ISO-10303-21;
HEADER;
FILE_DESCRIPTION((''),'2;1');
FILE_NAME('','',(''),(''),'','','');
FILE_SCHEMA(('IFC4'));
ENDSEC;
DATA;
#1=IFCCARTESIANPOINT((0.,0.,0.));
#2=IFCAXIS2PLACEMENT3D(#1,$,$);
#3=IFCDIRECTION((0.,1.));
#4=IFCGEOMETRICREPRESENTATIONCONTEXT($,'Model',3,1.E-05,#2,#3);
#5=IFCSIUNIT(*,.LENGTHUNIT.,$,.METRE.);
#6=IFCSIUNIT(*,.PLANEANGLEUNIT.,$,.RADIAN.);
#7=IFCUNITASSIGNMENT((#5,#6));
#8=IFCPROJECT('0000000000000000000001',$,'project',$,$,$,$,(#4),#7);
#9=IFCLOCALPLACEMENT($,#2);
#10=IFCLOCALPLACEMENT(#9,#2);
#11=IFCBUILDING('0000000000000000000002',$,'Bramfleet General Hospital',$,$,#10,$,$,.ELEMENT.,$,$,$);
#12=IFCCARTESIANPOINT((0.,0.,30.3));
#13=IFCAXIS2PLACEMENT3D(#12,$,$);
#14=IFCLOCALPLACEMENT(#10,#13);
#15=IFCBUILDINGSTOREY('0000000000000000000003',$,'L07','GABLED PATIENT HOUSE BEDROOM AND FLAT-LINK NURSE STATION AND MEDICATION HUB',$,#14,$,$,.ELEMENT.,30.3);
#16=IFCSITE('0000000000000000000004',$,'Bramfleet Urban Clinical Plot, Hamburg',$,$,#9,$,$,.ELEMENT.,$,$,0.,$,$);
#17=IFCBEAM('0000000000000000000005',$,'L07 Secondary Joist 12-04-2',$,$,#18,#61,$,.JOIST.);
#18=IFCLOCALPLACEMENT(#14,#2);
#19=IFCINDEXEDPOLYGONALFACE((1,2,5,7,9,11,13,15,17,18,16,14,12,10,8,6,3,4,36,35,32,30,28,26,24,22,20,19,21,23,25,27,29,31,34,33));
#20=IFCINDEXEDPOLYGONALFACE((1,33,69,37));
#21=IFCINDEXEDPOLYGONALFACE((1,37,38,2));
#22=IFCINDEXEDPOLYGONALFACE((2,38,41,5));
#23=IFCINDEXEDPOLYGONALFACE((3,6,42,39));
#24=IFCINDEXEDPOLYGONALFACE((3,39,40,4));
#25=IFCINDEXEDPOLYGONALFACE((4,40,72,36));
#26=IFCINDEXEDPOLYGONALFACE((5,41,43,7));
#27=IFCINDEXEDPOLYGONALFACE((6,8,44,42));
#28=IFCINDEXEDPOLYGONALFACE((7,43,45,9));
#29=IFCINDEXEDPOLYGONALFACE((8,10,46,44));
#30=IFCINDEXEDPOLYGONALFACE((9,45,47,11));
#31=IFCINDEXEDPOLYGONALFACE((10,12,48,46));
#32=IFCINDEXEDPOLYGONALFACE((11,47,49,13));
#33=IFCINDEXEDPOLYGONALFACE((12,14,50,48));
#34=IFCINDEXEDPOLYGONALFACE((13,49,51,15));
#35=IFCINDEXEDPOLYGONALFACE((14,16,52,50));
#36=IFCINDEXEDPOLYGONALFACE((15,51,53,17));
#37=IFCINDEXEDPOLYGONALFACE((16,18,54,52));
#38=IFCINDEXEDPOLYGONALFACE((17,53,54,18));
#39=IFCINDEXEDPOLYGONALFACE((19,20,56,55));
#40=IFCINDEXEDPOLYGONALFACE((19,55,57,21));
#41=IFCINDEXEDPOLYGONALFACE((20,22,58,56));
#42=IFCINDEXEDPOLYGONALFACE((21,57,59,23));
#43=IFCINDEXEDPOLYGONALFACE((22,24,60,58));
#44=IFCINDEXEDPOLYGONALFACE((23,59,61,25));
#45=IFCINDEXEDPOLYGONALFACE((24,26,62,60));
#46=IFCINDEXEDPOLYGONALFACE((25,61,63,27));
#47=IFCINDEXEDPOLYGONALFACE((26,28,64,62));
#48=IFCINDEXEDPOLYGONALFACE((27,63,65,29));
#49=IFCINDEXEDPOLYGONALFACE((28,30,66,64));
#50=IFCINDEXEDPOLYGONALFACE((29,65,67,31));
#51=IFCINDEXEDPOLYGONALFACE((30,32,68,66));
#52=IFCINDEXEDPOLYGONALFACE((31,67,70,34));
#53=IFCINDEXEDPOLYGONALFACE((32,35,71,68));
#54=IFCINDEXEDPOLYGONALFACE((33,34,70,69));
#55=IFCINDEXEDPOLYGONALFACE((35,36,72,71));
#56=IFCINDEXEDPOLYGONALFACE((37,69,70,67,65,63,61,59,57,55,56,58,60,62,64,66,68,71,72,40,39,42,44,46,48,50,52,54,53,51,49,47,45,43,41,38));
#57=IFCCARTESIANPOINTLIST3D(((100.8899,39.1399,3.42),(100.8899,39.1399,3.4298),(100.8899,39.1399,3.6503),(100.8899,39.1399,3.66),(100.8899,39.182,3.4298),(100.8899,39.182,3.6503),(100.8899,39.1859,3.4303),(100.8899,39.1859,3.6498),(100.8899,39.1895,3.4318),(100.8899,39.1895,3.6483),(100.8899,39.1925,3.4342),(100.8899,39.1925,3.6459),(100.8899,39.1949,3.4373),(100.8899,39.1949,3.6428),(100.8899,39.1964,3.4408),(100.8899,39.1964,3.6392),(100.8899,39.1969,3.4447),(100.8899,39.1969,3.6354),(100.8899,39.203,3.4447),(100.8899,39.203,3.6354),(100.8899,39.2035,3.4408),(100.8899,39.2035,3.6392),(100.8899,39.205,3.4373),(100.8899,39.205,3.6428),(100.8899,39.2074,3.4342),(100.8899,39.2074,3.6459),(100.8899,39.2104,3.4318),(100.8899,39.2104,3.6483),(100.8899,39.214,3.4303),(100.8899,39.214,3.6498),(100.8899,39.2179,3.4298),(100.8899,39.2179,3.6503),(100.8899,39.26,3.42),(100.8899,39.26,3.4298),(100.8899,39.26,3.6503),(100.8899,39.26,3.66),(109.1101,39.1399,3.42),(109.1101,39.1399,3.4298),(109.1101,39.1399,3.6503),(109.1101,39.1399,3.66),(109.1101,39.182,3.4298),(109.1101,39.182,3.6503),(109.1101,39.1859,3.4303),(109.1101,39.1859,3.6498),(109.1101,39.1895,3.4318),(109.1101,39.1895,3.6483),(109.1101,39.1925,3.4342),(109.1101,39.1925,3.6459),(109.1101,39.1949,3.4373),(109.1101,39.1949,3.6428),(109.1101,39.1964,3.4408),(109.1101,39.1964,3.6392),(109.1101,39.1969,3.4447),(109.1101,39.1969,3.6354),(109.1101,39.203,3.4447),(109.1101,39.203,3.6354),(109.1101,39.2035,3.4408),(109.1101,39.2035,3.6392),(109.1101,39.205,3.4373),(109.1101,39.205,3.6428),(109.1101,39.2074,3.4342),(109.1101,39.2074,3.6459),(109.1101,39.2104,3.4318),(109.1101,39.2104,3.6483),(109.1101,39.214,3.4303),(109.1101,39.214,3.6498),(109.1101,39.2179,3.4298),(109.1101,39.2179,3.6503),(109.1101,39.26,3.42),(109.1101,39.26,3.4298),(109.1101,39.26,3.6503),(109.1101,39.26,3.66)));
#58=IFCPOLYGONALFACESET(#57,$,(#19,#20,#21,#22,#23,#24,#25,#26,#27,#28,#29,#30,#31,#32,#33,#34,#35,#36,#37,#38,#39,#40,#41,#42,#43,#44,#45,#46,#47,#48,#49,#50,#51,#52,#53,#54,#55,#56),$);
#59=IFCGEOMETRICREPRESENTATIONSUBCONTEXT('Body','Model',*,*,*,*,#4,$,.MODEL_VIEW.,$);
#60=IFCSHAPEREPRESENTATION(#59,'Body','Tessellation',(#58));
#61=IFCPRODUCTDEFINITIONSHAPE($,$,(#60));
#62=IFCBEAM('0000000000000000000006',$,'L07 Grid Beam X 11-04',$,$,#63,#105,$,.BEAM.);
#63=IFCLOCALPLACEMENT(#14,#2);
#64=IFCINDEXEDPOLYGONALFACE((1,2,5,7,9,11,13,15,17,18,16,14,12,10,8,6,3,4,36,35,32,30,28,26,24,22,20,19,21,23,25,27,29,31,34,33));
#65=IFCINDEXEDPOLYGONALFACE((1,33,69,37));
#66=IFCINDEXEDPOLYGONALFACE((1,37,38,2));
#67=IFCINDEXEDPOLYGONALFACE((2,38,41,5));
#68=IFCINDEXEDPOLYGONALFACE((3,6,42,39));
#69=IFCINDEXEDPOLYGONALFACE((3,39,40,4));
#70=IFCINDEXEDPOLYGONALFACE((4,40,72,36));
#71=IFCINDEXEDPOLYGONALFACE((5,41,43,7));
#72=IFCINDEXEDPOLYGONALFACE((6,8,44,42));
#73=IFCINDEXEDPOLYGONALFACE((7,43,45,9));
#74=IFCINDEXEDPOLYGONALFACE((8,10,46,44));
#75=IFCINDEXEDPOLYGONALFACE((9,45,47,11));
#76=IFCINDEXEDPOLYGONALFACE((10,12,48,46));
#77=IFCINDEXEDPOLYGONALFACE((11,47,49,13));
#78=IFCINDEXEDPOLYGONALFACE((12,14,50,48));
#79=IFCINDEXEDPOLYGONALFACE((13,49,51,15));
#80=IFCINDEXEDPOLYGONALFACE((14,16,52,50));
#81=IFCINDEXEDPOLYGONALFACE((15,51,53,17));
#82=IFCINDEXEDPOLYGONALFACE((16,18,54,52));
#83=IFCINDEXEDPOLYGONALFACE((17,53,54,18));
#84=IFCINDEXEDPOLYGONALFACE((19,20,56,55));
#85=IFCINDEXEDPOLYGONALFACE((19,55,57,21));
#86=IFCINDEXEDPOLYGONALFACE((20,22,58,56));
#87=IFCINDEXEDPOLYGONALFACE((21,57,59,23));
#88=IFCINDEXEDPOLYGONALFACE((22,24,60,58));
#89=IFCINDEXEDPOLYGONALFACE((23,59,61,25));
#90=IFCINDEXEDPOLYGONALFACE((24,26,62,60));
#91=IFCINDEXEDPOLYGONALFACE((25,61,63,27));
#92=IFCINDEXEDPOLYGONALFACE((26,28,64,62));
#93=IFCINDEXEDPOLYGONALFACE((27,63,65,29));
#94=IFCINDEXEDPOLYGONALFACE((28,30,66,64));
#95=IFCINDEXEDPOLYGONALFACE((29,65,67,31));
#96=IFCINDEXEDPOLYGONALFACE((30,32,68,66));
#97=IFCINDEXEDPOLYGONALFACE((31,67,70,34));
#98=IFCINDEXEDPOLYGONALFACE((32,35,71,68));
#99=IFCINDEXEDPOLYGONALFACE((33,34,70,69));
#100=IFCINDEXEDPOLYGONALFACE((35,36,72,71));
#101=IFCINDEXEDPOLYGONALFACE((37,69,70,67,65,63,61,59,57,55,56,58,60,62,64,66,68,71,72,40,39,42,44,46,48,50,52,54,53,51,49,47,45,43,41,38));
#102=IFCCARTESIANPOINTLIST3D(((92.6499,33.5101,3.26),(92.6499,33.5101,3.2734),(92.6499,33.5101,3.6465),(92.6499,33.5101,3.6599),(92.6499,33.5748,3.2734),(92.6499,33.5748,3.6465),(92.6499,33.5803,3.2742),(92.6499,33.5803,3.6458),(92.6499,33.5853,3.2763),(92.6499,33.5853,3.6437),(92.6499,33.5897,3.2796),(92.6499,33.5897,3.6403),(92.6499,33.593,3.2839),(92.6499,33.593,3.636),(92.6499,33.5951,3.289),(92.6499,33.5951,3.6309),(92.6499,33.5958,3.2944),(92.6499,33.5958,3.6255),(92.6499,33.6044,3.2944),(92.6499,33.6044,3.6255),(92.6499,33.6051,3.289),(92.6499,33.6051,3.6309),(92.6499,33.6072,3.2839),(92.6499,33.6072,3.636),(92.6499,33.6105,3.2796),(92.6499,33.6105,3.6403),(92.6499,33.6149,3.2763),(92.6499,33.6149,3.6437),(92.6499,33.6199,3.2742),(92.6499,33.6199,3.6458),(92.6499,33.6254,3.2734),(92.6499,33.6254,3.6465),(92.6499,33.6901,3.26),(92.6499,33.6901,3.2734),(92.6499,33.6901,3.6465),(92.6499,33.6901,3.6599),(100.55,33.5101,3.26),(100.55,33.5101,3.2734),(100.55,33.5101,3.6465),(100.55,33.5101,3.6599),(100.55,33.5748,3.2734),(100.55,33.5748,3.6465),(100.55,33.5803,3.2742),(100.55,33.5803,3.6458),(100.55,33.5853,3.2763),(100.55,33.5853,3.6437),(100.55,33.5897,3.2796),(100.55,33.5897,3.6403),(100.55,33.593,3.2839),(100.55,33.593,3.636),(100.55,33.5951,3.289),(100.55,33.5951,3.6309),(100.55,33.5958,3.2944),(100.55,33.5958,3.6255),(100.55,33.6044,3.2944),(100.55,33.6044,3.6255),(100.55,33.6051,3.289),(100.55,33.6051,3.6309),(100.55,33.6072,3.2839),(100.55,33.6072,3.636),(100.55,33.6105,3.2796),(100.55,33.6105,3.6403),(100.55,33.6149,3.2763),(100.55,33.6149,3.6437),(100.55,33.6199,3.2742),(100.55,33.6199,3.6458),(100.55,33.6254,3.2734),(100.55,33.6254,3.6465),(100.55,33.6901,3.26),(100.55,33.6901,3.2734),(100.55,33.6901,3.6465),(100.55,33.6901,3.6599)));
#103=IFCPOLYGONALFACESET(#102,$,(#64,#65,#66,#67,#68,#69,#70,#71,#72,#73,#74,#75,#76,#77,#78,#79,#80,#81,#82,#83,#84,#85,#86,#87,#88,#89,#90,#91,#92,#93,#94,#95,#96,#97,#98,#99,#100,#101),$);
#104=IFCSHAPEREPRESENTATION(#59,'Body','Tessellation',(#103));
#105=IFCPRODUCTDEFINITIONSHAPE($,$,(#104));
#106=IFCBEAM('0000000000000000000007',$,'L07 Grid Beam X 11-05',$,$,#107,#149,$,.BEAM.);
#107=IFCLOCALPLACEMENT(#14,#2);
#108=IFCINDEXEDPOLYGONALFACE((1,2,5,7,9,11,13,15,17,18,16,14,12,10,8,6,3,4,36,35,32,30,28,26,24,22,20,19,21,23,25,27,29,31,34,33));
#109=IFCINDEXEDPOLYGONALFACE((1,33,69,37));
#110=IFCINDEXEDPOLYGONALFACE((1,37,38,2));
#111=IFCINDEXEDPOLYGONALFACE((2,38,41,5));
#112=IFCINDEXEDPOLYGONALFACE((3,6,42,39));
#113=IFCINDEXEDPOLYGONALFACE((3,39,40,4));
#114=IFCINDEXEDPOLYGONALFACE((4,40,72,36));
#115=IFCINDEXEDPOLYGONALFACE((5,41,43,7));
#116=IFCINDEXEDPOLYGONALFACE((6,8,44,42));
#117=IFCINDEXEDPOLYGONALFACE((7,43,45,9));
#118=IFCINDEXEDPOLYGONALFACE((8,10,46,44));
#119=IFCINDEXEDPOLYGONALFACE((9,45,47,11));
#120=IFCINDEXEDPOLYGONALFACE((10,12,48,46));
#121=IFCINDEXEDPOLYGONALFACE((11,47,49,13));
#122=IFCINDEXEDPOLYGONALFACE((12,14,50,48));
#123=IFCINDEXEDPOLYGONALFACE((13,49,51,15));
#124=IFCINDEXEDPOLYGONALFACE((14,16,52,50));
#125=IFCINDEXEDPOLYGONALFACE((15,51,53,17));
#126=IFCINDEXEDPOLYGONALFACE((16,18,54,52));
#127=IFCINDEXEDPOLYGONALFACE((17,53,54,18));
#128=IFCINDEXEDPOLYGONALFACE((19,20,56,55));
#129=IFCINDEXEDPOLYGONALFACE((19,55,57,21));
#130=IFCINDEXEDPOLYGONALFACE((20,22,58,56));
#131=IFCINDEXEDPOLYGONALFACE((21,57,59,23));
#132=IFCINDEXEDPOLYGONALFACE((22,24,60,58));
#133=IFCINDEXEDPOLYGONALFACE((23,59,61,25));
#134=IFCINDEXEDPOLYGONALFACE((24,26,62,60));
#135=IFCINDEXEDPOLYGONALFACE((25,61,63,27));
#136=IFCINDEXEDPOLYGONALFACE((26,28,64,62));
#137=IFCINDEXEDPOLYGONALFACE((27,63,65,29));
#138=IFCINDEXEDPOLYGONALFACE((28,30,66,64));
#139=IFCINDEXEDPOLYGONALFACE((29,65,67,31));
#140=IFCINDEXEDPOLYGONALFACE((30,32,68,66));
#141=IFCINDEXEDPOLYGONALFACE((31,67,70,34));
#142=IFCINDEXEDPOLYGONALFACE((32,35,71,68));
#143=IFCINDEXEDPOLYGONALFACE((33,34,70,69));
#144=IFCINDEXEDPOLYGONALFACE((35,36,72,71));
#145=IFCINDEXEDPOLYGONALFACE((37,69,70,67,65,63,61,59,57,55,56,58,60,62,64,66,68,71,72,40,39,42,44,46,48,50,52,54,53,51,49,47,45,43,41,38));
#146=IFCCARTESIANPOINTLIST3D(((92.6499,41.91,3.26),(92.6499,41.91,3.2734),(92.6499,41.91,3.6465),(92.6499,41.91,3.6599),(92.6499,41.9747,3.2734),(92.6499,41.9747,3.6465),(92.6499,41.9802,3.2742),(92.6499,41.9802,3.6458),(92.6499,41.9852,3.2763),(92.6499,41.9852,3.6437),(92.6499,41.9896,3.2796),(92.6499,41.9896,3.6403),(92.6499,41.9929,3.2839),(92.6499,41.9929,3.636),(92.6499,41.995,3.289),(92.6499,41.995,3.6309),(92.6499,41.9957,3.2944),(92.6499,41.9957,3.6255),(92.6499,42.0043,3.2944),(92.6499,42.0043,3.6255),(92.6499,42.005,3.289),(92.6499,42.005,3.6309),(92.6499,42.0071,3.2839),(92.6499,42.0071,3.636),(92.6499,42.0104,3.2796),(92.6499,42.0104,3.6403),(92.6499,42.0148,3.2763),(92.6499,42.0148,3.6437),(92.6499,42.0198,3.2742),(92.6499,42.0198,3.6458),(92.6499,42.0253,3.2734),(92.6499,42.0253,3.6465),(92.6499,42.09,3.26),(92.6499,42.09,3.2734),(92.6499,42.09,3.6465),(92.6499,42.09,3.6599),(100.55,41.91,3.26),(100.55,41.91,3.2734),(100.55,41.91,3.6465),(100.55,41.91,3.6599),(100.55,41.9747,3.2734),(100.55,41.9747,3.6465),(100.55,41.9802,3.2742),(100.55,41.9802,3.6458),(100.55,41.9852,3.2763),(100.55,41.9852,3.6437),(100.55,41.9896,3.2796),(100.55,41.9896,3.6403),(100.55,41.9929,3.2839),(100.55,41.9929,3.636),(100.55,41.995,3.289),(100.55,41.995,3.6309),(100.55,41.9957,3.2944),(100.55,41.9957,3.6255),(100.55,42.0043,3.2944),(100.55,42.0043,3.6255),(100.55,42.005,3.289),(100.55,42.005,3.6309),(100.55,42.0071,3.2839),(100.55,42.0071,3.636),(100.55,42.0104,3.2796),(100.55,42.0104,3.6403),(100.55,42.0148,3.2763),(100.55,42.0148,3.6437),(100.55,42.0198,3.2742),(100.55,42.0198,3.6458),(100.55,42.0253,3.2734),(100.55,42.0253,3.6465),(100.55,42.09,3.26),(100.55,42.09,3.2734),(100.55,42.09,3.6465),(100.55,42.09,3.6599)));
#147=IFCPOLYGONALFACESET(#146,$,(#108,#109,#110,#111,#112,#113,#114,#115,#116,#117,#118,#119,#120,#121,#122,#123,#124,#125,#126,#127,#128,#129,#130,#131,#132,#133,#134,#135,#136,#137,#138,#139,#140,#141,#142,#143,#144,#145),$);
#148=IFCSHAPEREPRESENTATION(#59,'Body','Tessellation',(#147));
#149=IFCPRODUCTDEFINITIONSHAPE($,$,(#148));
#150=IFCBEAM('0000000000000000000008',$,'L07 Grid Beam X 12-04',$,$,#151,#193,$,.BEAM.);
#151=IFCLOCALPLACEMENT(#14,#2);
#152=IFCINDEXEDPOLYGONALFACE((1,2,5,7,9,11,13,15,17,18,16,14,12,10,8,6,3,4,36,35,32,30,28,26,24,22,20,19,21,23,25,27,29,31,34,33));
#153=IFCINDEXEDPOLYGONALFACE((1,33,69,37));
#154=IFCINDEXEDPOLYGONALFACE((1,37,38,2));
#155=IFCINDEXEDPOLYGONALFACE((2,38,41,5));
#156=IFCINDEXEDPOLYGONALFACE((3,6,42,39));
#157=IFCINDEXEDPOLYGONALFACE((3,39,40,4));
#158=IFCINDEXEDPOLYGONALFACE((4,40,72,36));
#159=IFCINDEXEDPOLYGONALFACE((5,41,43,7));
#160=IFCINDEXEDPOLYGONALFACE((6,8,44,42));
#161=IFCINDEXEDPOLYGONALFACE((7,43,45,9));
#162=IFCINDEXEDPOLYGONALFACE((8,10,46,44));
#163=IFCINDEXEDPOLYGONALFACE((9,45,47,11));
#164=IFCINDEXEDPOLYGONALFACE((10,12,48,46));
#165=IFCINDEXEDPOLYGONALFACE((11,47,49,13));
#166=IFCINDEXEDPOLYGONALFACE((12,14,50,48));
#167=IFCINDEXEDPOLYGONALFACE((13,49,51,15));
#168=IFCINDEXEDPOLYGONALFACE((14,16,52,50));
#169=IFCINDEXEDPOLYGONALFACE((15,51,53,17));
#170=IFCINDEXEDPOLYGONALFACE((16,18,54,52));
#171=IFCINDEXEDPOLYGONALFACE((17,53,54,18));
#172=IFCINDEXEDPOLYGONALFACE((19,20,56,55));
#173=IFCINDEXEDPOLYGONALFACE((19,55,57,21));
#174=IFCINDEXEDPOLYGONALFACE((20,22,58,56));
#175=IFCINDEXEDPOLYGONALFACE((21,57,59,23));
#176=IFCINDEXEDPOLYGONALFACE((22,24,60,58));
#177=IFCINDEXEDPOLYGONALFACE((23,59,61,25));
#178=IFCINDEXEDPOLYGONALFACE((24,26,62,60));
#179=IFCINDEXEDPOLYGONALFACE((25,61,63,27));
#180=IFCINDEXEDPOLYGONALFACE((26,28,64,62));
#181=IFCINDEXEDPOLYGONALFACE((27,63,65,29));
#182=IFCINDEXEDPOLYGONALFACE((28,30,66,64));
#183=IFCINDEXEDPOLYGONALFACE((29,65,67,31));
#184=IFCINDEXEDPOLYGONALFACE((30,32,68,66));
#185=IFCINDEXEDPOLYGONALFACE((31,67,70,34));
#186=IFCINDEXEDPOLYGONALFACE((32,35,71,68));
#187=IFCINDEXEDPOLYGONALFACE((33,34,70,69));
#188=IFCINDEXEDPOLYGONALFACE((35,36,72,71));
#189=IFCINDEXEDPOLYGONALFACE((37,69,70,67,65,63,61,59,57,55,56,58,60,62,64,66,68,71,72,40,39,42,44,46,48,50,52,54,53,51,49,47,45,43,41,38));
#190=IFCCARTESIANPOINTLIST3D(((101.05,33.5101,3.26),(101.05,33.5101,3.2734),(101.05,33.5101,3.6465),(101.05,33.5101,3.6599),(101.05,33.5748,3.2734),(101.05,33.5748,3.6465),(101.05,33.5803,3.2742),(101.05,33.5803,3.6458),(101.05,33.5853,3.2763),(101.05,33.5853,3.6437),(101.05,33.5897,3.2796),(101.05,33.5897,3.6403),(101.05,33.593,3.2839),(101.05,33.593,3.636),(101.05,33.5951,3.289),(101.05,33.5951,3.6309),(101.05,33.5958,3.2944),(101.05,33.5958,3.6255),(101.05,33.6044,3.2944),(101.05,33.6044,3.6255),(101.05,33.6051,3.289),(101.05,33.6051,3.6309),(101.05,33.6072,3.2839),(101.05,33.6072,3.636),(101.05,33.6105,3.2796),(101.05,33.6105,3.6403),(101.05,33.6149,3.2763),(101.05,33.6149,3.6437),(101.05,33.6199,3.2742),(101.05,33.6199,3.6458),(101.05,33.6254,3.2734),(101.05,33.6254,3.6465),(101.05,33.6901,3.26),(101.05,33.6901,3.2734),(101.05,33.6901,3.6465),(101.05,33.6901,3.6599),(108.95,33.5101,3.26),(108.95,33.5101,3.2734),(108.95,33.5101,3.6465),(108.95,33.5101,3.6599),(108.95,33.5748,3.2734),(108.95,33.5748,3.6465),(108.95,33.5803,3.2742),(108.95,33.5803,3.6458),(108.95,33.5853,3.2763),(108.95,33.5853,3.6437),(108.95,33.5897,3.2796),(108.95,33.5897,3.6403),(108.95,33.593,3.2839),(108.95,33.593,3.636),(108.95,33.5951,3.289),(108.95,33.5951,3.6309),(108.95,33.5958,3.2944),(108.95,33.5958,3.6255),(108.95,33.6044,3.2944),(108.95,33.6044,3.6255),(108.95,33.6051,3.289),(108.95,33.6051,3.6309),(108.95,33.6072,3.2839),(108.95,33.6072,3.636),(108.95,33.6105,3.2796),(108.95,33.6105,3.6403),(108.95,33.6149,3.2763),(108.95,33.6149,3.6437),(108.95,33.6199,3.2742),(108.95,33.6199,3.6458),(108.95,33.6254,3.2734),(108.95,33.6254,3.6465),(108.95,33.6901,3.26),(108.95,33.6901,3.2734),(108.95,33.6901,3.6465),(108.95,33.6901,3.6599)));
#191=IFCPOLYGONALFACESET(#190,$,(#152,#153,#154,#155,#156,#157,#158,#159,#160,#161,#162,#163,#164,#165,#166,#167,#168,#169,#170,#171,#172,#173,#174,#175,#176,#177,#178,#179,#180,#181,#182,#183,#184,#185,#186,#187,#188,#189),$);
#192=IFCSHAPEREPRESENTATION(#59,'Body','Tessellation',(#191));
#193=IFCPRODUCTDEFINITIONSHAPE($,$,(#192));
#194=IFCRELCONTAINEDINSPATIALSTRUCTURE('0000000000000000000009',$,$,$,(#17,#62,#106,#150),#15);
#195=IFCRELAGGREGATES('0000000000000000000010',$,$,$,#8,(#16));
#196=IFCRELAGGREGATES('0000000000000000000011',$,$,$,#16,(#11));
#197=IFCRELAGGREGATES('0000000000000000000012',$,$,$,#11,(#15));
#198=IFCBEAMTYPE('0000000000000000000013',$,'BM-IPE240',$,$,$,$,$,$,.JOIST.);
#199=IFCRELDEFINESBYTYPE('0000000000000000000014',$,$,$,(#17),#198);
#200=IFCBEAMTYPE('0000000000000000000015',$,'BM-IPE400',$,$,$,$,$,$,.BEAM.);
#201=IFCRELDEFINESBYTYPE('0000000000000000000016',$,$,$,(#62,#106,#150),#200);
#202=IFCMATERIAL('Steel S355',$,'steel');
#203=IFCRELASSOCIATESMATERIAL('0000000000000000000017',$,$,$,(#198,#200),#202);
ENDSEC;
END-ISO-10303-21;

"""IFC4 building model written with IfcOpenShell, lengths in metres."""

from ifc_helpers import new_model, si_unit, direction, frame, origin, origin_2d, place, context, subcontext, project, spatial, i_section, extrude, material, material_profile, profile_set, type_object, element, save


model = new_model("IFC4")

# Units and contexts
model_context = context("Model", 3, precision=1e-05, world=origin(), true_north=direction((0.0, 1.0)))
body_context = subcontext(model_context, "Body", "Model", "MODEL_VIEW")
ifc_project = project(units=[si_unit("LENGTHUNIT", "METRE"), si_unit("PLANEANGLEUNIT", "RADIAN")], contexts=[model_context])

# Site, building, storey
site_placement = place(None, origin())
site = spatial("IfcSite", under=ifc_project, at=site_placement, Name="Bramfleet Urban Clinical Plot, Hamburg", CompositionType="ELEMENT", RefElevation=0.0)
building_placement = place(site_placement, origin())
building = spatial("IfcBuilding", under=site, at=building_placement, Name="Bramfleet General Hospital", CompositionType="ELEMENT")
storey_placement = place(building_placement, frame((0.0, 0.0, 30.3)))
storey = spatial("IfcBuildingStorey", under=building, at=storey_placement, Name="L07", Description="GABLED PATIENT HOUSE BEDROOM AND FLAT-LINK NURSE STATION AND MEDICATION HUB", CompositionType="ELEMENT", Elevation=30.3)

# Beams
ifc_material_1 = material(Name="Steel S355", Category="steel")
ifc_material_profile_1 = material_profile(ifc_material_1, i_section(OverallWidth=0.1201, OverallDepth=0.24, WebThickness=0.0061, FlangeThickness=0.0098, FilletRadius=0.0149, at=origin_2d()), Name="IPE 240")
ifc_profile_set_1 = profile_set([ifc_material_profile_1], Name="Steel S355")
beam_type_1 = type_object("IfcBeamType", Name="BM-IPE240", PredefinedType="JOIST", material=ifc_profile_set_1)
for number, where, z_axis, x_axis, name in (
    (1, (100.8899, 39.2, 3.54), (1.0, 0.0, 0.0), (0.0, 1.0, 0.0), "L07 Secondary Joist 12-04-2"),
):
    element("IfcBeam", number, at=place(storey_placement, frame(where, z_axis=z_axis, x_axis=x_axis)), inside=storey, type_object=beam_type_1, Name=name, PredefinedType="JOIST", context=body_context, shape_type="SweptSolid", body=[
        extrude(i_section(OverallWidth=0.1201, OverallDepth=0.24, WebThickness=0.0061, FlangeThickness=0.0098, FilletRadius=0.0149, at=origin_2d()), origin(), (0.0, 0.0, 1.0), 8.2202),
    ])
ifc_material_profile_2 = material_profile(ifc_material_1, i_section(OverallWidth=0.1799, OverallDepth=0.3999, WebThickness=0.0085, FlangeThickness=0.0134, FilletRadius=0.021, at=origin_2d()), Name="IPE 400")
ifc_profile_set_2 = profile_set([ifc_material_profile_2], Name="Steel S355")
beam_type_2 = type_object("IfcBeamType", Name="BM-IPE400", PredefinedType="BEAM", material=ifc_profile_set_2)
for number, where, z_axis, x_axis, name in (
    (2, (92.6499, 33.6001, 3.46), (1.0, 0.0, 0.0), (0.0, 1.0, 0.0), "L07 Grid Beam X 11-04"),
    (3, (92.6499, 42.0, 3.46), (1.0, 0.0, 0.0), (0.0, 1.0, 0.0), "L07 Grid Beam X 11-05"),
):
    element("IfcBeam", number, at=place(storey_placement, frame(where, z_axis=z_axis, x_axis=x_axis)), inside=storey, type_object=beam_type_2, Name=name, PredefinedType="BEAM", context=body_context, shape_type="SweptSolid", body=[
        extrude(i_section(OverallWidth=0.1799, OverallDepth=0.3999, WebThickness=0.0085, FlangeThickness=0.0134, FilletRadius=0.021, at=origin_2d()), origin(), (0.0, 0.0, 1.0), 7.9001),
    ])
for number, where, z_axis, x_axis, name in (
    (4, (101.05, 33.6001, 3.46), (1.0, 0.0, 0.0), (0.0, 1.0, 0.0), "L07 Grid Beam X 12-04"),
):
    element("IfcBeam", number, at=place(storey_placement, frame(where, z_axis=z_axis, x_axis=x_axis)), inside=storey, type_object=beam_type_2, Name=name, PredefinedType="BEAM", context=body_context, shape_type="SweptSolid", body=[
        extrude(i_section(OverallWidth=0.1799, OverallDepth=0.3999, WebThickness=0.0085, FlangeThickness=0.0134, FilletRadius=0.021, at=origin_2d()), origin(), (0.0, 0.0, 1.0), 7.8999),
    ])

save(model, "model.ifc")
